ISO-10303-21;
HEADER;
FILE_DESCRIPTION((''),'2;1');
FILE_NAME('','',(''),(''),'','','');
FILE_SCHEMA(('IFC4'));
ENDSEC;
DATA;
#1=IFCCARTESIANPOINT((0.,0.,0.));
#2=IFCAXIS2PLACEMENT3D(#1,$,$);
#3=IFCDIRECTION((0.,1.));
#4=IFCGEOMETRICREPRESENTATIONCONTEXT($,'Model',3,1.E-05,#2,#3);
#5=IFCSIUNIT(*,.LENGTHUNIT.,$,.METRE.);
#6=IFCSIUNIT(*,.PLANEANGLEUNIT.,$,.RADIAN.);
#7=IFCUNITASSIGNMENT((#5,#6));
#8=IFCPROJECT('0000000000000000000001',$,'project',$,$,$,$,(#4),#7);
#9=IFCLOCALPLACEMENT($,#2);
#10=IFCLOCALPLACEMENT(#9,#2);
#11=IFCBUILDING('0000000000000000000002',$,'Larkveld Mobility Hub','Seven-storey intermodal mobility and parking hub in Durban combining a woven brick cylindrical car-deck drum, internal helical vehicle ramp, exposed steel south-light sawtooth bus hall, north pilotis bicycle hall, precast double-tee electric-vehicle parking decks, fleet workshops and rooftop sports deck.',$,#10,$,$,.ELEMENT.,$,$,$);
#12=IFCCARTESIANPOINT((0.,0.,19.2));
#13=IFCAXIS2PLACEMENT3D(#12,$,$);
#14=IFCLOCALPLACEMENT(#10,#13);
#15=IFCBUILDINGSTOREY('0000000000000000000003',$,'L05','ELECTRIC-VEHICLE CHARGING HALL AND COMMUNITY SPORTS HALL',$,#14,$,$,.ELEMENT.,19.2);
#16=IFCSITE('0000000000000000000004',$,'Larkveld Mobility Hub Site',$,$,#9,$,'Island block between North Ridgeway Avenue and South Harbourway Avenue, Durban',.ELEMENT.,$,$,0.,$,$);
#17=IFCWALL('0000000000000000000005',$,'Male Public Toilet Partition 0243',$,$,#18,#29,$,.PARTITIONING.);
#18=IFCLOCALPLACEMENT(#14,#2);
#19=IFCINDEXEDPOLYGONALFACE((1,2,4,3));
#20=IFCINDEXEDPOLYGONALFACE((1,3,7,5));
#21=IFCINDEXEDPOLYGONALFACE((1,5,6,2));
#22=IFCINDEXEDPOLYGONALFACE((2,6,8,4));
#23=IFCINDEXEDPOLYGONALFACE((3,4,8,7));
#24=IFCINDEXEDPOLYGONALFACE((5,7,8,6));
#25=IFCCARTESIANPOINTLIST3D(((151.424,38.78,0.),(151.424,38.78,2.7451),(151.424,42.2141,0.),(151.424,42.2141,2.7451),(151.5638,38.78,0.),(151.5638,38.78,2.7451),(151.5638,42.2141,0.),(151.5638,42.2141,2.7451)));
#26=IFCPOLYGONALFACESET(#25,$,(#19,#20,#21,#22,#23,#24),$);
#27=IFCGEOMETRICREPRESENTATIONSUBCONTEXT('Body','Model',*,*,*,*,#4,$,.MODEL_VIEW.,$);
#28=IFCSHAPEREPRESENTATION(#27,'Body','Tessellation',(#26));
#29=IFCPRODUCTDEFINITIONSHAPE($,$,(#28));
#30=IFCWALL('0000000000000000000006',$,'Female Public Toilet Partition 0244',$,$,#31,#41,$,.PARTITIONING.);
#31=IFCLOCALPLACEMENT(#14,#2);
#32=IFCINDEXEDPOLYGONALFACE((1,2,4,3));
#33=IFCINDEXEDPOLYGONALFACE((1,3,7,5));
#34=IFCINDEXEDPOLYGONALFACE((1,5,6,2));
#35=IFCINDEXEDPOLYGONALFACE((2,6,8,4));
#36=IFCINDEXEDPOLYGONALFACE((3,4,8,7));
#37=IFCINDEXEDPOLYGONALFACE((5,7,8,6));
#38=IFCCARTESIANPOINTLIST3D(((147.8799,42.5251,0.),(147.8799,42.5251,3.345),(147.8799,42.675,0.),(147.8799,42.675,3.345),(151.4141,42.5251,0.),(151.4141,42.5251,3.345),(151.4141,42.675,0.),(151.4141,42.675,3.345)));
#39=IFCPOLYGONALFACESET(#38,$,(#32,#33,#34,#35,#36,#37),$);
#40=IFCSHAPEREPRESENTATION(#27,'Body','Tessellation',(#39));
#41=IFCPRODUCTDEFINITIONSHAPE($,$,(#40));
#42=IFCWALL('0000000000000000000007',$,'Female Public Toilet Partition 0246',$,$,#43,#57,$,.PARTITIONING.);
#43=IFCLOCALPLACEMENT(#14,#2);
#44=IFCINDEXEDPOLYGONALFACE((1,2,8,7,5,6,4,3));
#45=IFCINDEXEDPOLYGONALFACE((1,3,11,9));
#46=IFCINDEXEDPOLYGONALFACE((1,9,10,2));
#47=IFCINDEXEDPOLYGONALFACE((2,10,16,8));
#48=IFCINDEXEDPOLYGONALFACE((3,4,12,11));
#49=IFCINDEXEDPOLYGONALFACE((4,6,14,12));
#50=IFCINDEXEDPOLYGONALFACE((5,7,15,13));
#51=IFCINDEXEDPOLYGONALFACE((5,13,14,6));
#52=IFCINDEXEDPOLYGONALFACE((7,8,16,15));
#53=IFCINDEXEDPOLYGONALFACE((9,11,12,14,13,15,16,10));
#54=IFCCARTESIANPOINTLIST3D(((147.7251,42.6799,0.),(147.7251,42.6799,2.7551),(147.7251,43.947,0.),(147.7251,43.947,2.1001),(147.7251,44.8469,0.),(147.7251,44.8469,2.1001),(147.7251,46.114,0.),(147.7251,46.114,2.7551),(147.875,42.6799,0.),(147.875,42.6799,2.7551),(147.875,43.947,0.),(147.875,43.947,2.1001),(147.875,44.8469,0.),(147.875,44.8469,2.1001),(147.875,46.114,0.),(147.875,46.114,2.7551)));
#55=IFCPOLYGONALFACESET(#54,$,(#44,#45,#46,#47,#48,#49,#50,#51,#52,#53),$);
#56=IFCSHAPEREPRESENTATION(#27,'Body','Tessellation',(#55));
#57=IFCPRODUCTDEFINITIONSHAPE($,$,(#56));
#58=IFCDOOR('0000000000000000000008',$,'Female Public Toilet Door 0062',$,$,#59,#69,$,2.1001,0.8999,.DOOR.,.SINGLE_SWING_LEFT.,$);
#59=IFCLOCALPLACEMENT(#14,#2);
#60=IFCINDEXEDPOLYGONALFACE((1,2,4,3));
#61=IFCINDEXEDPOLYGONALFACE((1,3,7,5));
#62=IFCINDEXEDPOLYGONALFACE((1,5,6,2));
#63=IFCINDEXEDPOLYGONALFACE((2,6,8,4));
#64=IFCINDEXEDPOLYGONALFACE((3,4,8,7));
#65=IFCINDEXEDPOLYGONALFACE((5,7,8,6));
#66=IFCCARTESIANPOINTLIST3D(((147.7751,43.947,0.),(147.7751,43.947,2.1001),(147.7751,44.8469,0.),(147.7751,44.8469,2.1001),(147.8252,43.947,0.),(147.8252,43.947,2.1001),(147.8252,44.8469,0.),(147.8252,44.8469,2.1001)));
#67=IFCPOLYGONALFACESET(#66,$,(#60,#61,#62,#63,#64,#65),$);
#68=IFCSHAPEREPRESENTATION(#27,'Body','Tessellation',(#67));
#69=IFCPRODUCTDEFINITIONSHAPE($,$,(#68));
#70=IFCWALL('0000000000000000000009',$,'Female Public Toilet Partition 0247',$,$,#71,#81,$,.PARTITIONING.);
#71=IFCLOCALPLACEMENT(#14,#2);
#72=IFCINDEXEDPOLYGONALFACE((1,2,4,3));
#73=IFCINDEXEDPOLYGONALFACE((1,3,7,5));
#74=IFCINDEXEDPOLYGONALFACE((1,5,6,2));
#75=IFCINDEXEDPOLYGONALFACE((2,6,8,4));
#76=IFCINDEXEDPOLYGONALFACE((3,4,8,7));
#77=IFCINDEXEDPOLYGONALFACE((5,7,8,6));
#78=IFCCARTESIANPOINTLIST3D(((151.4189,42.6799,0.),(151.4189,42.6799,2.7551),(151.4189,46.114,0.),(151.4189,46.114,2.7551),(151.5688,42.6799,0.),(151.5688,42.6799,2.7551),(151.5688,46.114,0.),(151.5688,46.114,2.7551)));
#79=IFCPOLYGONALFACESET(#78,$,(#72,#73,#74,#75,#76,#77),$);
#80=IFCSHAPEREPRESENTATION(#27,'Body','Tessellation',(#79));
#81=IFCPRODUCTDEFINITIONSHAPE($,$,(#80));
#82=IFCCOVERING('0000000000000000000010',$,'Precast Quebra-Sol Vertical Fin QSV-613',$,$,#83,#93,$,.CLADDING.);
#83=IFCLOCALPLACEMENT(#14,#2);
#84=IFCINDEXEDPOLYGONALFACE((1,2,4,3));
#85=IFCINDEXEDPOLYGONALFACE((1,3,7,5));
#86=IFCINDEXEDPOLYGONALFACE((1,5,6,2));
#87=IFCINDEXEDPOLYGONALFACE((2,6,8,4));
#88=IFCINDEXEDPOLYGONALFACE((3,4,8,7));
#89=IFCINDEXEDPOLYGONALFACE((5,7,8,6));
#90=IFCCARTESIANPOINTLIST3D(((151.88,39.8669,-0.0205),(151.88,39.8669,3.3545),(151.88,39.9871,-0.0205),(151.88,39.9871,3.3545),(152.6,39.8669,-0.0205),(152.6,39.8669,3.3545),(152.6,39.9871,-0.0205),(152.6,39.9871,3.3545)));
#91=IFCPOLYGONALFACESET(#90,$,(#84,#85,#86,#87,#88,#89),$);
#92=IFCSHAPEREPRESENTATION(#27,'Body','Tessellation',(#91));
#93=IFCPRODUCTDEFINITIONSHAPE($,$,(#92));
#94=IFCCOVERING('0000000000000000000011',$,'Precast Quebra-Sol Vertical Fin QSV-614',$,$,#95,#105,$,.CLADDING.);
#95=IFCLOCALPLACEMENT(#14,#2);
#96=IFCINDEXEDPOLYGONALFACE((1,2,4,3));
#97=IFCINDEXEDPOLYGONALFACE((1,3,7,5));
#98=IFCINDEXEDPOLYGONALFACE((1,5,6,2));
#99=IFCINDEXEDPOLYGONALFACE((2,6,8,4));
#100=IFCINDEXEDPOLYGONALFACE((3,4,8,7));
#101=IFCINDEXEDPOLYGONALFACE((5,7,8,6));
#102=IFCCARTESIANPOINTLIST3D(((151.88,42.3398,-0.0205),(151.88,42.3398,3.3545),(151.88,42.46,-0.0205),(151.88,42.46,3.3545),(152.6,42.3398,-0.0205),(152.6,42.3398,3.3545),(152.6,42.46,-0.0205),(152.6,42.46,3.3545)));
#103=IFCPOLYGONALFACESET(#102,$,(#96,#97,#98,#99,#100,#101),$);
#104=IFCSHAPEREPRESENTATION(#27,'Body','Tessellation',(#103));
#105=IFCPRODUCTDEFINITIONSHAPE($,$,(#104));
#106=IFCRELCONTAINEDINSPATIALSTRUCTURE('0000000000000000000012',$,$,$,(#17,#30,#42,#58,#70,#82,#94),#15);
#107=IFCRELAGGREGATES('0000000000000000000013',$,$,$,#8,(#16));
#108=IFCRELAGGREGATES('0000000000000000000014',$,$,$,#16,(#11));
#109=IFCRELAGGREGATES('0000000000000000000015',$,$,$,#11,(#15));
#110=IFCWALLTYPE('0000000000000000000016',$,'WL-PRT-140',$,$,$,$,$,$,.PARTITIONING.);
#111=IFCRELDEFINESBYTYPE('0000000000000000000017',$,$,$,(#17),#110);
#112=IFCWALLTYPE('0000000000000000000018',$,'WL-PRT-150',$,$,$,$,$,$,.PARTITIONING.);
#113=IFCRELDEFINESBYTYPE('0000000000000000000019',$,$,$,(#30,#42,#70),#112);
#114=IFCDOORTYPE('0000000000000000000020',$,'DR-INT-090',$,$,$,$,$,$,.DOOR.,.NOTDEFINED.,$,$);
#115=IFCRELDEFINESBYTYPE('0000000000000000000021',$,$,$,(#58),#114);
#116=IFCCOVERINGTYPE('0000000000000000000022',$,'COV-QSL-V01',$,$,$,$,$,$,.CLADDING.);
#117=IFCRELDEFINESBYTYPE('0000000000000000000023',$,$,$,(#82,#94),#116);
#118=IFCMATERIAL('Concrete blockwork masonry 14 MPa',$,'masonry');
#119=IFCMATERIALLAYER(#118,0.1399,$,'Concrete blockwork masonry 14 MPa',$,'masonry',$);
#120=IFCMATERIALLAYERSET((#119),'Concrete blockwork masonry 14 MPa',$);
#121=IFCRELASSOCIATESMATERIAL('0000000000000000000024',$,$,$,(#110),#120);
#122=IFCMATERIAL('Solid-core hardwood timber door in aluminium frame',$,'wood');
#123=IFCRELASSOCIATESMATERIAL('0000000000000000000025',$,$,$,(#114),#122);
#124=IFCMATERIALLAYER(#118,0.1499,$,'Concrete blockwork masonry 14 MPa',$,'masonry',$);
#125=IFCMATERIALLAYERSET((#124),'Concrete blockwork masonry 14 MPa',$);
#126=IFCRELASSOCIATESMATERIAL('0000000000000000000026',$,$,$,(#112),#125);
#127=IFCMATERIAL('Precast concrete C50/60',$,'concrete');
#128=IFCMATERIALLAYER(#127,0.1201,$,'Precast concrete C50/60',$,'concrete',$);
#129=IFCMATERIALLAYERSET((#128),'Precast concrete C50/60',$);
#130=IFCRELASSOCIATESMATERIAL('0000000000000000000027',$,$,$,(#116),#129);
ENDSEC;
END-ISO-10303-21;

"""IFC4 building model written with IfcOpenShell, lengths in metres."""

from ifc_helpers import new_model, si_unit, direction, frame, frame_2d, origin, origin_2d, place, context, subcontext, project, spatial, rectangle, extrude, material, layer, layer_set, type_object, element, fill, save


model = new_model("IFC4")

# Units and contexts
model_context = context("Model", 3, precision=1e-05, world=origin(), true_north=direction((0.0, 1.0)))
body_context = subcontext(model_context, "Body", "Model", "MODEL_VIEW")
ifc_project = project(units=[si_unit("LENGTHUNIT", "METRE"), si_unit("PLANEANGLEUNIT", "RADIAN")], contexts=[model_context])

# Site, building, storey
site_placement = place(None, origin())
site = spatial("IfcSite", under=ifc_project, at=site_placement, Name="Larkveld Mobility Hub Site", LongName="Island block between North Ridgeway Avenue and South Harbourway Avenue, Durban", CompositionType="ELEMENT", RefElevation=0.0)
building_placement = place(site_placement, origin())
building = spatial("IfcBuilding", under=site, at=building_placement, Name="Larkveld Mobility Hub", Description="Seven-storey intermodal mobility and parking hub in Durban combining a woven brick cylindrical car-deck drum, internal helical vehicle ramp, exposed steel south-light sawtooth bus hall, north pilotis bicycle hall, precast double-tee electric-vehicle parking decks, fleet workshops and rooftop sports deck.", CompositionType="ELEMENT")
storey_placement = place(building_placement, frame((0.0, 0.0, 19.2)))
storey = spatial("IfcBuildingStorey", under=building, at=storey_placement, Name="L05", Description="ELECTRIC-VEHICLE CHARGING HALL AND COMMUNITY SPORTS HALL", CompositionType="ELEMENT", Elevation=19.2)

# Shared definitions
ifc_material_1 = material(Name="Concrete blockwork masonry 14 MPa", Category="masonry")
ifc_layer_1 = layer(ifc_material_1, 0.1399, Name="Concrete blockwork masonry 14 MPa", Category="masonry")
ifc_layer_set_1 = layer_set([ifc_layer_1], Name="Concrete blockwork masonry 14 MPa")
wall_type_1 = type_object("IfcWallType", Name="WL-PRT-140", PredefinedType="PARTITIONING", material=ifc_layer_set_1)

# Shared definitions
ifc_material_2 = material(Name="Solid-core hardwood timber door in aluminium frame", Category="wood")
door_type = type_object("IfcDoorType", Name="DR-INT-090", OperationType="NOTDEFINED", PredefinedType="DOOR", material=ifc_material_2)

# Walls
wall_1_placement = place(storey_placement, frame((151.4939, 38.78, 0.0), z_axis=(0.0, 0.0, 1.0), x_axis=(0.0, 1.0, 0.0)))
element("IfcWall", 1, at=wall_1_placement, inside=storey, type_object=wall_type_1, Name="Male Public Toilet Partition 0243", PredefinedType="PARTITIONING", context=body_context, shape_type="SweptSolid", body=[
    extrude(rectangle(XDim=3.4341, YDim=0.1399, at=frame_2d((1.717, 0.0))), origin(), (0.0, 0.0, 1.0), 2.7451),
])
ifc_layer_2 = layer(ifc_material_1, 0.1499, Name="Concrete blockwork masonry 14 MPa", Category="masonry")
ifc_layer_set_2 = layer_set([ifc_layer_2], Name="Concrete blockwork masonry 14 MPa")
wall_type_2 = type_object("IfcWallType", Name="WL-PRT-150", PredefinedType="PARTITIONING", material=ifc_layer_set_2)
wall_2_placement = place(storey_placement, frame((147.8799, 42.6001, 0.0), z_axis=(0.0, 0.0, 1.0), x_axis=(1.0, 0.0, 0.0)))
element("IfcWall", 2, at=wall_2_placement, inside=storey, type_object=wall_type_2, Name="Female Public Toilet Partition 0244", PredefinedType="PARTITIONING", context=body_context, shape_type="SweptSolid", body=[
    extrude(rectangle(XDim=3.5342, YDim=0.1499, at=frame_2d((1.7671, 0.0))), origin(), (0.0, 0.0, 1.0), 3.345),
])

# Wall, opening, door
wall_3_placement = place(storey_placement, frame((147.8, 42.6799, 0.0), z_axis=(0.0, 0.0, 1.0), x_axis=(0.0, 1.0, 0.0)))
wall_3 = element("IfcWall", 3, at=wall_3_placement, inside=storey, type_object=wall_type_2, Name="Female Public Toilet Partition 0246", PredefinedType="PARTITIONING", context=body_context, shape_type="SweptSolid", body=[
    extrude(rectangle(XDim=3.4341, YDim=0.1499, at=frame_2d((1.717, 0.0))), origin(), (0.0, 0.0, 1.0), 2.7551),
])
opening_1_placement = place(wall_3_placement, frame((1.2671, 0.0, 0.0)))
opening_1 = element("IfcOpeningElement", 4, at=opening_1_placement, cuts=wall_3, PredefinedType="OPENING", context=body_context, shape_type="SweptSolid", body=[
    extrude(rectangle(XDim=0.8999, YDim=2.1001, at=frame_2d((0.45, 1.05))), frame((0.0, 0.085, 0.0), z_axis=(0.0, -1.0, 0.0), x_axis=(1.0, 0.0, 0.0)), (0.0, 0.0, 1.0), 0.1699),
])
door_1_placement = place(opening_1_placement, origin())
door_1 = element("IfcDoor", 5, at=door_1_placement, inside=storey, type_object=door_type, Name="Female Public Toilet Door 0062", OperationType="SINGLE_SWING_LEFT", OverallHeight=2.1001, OverallWidth=0.8999, PredefinedType="DOOR", context=body_context, shape_type="SweptSolid", body=[
    extrude(rectangle(XDim=0.8999, YDim=2.1001, at=frame_2d((0.45, 1.05))), frame((0.0, 0.0249, 0.0), z_axis=(0.0, -1.0, 0.0), x_axis=(1.0, 0.0, 0.0)), (0.0, 0.0, 1.0), 0.05),
])
fill(opening_1, door_1)

# Wall
wall_4_placement = place(storey_placement, frame((151.4939, 42.6799, 0.0), z_axis=(0.0, 0.0, 1.0), x_axis=(0.0, 1.0, 0.0)))
element("IfcWall", 6, at=wall_4_placement, inside=storey, type_object=wall_type_2, Name="Female Public Toilet Partition 0247", PredefinedType="PARTITIONING", context=body_context, shape_type="SweptSolid", body=[
    extrude(rectangle(XDim=3.4341, YDim=0.1499, at=frame_2d((1.717, 0.0))), origin(), (0.0, 0.0, 1.0), 2.7551),
])

# Coverings
ifc_material_3 = material(Name="Precast concrete C50/60", Category="concrete")
ifc_layer_3 = layer(ifc_material_3, 0.1201, Name="Precast concrete C50/60", Category="concrete")
ifc_layer_set_3 = layer_set([ifc_layer_3], Name="Precast concrete C50/60")
covering_type = type_object("IfcCoveringType", Name="COV-QSL-V01", PredefinedType="CLADDING", material=ifc_layer_set_3)
for number, where, z_axis, x_axis, name in (
    (7, (152.24, 39.927, -0.0205), (0.0, 0.0, 1.0), (0.0, 1.0, 0.0), "Precast Quebra-Sol Vertical Fin QSV-613"),
    (8, (152.24, 42.3999, -0.0205), (0.0, 0.0, 1.0), (0.0, 1.0, 0.0), "Precast Quebra-Sol Vertical Fin QSV-614"),
):
    element("IfcCovering", number, at=place(storey_placement, frame(where, z_axis=z_axis, x_axis=x_axis)), inside=storey, type_object=covering_type, Name=name, PredefinedType="CLADDING", context=body_context, shape_type="SweptSolid", body=[
        extrude(rectangle(XDim=0.1201, YDim=0.72, at=origin_2d()), origin(), (0.0, 0.0, 1.0), 3.375),
    ])

save(model, "model.ifc")
